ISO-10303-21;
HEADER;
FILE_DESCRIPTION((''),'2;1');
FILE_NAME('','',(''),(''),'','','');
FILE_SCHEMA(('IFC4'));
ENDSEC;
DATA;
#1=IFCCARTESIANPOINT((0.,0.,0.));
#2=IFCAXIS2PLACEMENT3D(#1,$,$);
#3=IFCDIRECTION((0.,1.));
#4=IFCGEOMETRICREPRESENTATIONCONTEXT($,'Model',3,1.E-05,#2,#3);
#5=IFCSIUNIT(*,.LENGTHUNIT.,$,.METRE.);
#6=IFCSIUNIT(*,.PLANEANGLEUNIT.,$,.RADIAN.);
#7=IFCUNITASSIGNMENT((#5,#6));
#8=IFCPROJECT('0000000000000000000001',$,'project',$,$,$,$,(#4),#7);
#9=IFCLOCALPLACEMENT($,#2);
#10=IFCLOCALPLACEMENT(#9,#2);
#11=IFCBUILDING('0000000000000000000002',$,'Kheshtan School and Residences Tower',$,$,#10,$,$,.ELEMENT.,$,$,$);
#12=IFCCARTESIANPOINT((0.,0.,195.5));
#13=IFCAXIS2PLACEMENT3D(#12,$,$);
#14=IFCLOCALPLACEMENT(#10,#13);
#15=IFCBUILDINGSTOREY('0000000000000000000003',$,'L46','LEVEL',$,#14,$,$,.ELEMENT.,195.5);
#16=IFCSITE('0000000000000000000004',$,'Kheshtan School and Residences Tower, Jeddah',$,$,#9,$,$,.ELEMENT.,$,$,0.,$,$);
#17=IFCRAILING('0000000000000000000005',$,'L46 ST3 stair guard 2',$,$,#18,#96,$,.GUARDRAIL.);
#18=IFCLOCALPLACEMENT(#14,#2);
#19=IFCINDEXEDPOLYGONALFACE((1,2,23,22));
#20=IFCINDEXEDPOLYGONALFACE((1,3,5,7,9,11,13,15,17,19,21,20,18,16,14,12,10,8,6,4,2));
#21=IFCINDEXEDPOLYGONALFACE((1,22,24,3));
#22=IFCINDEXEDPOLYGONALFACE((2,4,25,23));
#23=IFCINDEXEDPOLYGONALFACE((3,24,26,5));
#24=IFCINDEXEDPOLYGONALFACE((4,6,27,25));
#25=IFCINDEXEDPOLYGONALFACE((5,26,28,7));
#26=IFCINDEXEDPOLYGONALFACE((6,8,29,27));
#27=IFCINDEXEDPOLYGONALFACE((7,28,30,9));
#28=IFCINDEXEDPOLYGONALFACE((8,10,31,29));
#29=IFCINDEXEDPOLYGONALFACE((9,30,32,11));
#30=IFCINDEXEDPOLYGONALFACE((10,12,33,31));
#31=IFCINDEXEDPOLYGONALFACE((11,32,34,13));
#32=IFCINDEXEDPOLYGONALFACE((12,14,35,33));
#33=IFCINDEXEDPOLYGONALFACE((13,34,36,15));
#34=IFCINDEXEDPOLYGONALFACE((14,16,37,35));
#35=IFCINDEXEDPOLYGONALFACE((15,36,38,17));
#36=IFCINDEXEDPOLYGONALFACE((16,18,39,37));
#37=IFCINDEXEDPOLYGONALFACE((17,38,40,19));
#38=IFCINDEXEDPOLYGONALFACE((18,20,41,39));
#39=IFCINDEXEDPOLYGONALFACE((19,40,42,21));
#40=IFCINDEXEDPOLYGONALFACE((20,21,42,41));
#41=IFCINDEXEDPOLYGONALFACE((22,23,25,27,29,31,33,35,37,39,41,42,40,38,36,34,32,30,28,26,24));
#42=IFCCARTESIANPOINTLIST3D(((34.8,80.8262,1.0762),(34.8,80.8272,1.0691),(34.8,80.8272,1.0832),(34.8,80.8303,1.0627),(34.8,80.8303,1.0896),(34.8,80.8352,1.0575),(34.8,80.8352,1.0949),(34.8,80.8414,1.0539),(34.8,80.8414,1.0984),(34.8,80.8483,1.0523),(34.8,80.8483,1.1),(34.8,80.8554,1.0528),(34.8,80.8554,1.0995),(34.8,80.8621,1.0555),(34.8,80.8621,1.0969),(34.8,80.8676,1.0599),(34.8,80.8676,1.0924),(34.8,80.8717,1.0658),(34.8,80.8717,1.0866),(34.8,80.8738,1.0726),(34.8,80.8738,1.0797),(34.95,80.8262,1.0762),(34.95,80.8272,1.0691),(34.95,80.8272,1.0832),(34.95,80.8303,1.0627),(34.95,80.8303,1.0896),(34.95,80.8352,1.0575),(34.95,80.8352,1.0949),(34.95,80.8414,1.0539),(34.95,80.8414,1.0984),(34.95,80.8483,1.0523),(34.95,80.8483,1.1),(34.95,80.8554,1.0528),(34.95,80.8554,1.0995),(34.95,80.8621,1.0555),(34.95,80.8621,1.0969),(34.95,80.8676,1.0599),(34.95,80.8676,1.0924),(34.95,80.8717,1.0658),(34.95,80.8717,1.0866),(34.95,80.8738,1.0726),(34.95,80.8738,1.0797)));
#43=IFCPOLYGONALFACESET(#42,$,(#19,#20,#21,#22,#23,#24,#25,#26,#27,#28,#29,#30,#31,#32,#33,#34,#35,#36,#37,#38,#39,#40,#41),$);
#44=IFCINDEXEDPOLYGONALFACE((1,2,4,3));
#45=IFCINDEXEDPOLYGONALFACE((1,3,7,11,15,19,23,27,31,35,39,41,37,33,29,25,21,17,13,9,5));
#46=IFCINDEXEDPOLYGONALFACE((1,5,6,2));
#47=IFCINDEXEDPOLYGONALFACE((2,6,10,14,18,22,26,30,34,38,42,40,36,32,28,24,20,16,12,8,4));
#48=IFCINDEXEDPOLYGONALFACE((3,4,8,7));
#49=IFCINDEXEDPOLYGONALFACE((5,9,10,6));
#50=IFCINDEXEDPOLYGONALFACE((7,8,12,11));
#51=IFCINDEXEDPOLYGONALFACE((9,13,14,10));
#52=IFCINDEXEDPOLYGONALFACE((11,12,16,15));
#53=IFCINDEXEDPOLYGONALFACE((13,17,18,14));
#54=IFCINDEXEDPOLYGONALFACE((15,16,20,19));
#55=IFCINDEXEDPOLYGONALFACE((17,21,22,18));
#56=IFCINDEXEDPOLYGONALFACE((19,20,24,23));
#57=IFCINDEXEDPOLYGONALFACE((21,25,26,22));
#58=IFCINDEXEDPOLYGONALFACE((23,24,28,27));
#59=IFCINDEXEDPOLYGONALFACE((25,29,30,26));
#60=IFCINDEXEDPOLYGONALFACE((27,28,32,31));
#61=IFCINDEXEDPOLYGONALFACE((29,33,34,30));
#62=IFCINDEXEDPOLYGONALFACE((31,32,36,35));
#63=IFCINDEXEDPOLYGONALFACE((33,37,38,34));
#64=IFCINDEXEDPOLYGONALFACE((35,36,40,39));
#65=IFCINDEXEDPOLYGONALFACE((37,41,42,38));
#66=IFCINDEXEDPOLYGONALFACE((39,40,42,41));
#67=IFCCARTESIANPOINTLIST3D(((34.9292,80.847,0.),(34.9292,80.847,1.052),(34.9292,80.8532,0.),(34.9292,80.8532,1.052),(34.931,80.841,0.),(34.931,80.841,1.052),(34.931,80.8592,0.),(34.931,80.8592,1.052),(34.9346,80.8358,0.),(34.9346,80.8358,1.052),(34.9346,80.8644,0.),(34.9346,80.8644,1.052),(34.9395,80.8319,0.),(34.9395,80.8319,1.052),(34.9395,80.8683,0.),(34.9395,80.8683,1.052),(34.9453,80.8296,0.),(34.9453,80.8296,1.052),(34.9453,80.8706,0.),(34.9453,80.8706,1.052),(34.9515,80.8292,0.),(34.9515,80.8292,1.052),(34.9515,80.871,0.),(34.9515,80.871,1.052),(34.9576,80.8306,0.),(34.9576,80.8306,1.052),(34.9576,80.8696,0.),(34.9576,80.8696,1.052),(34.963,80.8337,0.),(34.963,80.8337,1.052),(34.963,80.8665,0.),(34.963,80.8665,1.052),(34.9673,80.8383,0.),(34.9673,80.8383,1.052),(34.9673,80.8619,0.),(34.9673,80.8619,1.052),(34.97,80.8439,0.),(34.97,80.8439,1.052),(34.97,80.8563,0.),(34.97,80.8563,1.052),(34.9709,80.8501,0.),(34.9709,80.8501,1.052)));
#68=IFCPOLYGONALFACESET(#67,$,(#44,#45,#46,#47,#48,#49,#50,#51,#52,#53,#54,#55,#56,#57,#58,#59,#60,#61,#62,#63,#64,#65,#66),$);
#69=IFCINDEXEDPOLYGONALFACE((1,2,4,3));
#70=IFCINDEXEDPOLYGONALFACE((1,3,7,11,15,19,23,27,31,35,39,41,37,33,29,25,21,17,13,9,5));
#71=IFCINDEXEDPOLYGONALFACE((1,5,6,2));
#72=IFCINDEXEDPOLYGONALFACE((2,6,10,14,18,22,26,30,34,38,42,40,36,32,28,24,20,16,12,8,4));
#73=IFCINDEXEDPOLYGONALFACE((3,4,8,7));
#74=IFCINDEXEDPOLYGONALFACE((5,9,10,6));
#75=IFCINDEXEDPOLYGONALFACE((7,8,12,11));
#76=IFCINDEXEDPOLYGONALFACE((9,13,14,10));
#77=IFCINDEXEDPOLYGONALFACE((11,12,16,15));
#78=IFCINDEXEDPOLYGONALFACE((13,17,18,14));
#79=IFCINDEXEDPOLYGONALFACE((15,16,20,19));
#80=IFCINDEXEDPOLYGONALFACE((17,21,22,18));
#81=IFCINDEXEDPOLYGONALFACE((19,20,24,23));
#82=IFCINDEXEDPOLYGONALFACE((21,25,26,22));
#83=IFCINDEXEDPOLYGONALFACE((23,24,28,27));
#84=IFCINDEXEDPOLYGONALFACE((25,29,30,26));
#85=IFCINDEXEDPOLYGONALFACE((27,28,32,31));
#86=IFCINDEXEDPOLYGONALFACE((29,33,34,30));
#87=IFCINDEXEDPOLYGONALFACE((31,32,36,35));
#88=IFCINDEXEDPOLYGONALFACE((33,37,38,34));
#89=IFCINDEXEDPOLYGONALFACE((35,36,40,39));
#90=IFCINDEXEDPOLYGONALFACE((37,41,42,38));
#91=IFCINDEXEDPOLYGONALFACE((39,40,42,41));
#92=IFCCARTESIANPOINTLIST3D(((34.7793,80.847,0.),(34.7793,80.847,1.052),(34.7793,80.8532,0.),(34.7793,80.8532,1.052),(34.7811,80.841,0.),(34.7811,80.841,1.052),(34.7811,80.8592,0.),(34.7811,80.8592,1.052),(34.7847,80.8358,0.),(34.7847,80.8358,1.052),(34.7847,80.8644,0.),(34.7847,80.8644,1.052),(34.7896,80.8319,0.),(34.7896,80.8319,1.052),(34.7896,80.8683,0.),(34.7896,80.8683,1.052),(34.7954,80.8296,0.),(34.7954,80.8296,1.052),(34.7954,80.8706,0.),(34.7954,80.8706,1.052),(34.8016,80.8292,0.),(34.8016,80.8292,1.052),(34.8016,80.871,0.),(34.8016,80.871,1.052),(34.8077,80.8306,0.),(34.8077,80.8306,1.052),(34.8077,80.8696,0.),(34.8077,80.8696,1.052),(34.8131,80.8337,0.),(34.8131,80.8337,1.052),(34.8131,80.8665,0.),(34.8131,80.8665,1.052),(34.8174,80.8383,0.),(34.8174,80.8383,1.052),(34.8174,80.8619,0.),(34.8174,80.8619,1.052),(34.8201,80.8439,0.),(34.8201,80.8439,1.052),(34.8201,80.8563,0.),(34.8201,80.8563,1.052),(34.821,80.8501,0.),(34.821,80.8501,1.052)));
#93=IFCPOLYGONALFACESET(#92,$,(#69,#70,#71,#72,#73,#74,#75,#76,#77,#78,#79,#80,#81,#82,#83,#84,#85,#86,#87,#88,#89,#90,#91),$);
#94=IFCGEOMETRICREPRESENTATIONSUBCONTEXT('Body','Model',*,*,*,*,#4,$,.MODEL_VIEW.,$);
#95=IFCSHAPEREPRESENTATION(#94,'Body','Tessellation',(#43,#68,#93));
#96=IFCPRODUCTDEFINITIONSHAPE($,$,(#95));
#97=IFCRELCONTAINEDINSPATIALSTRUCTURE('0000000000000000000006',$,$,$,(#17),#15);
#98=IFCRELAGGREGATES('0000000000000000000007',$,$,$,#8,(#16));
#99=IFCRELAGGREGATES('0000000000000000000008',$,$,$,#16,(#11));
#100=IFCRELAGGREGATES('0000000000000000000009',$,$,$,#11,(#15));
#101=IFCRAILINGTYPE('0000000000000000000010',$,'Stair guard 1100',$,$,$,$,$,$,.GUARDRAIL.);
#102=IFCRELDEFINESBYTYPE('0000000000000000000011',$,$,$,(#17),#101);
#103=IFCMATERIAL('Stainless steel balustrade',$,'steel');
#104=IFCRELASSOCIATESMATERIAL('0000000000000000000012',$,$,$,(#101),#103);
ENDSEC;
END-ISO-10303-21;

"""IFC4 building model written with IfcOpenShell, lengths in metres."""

from ifc_helpers import new_model, si_unit, direction, frame, origin, origin_2d, place, context, subcontext, project, spatial, circle, extrude, material, type_object, element, save


model = new_model("IFC4")

# Units and contexts
model_context = context("Model", 3, precision=1e-05, world=origin(), true_north=direction((0.0, 1.0)))
body_context = subcontext(model_context, "Body", "Model", "MODEL_VIEW")
ifc_project = project(units=[si_unit("LENGTHUNIT", "METRE"), si_unit("PLANEANGLEUNIT", "RADIAN")], contexts=[model_context])

# Site, building, storey
site_placement = place(None, origin())
site = spatial("IfcSite", under=ifc_project, at=site_placement, Name="Kheshtan School and Residences Tower, Jeddah", CompositionType="ELEMENT", RefElevation=0.0)
building_placement = place(site_placement, origin())
building = spatial("IfcBuilding", under=site, at=building_placement, Name="Kheshtan School and Residences Tower", CompositionType="ELEMENT")
storey_placement = place(building_placement, frame((0.0, 0.0, 195.5)))
storey = spatial("IfcBuildingStorey", under=building, at=storey_placement, Name="L46", Description="LEVEL", CompositionType="ELEMENT", Elevation=195.5)

# Railing
ifc_material_1 = material(Name="Stainless steel balustrade", Category="steel")
railing_type = type_object("IfcRailingType", Name="Stair guard 1100", PredefinedType="GUARDRAIL", material=ifc_material_1)
railing_1_placement = place(storey_placement, frame((34.95, 80.8501, 0.0)))
element("IfcRailing", 1, at=railing_1_placement, inside=storey, type_object=railing_type, Name="L46 ST3 stair guard 2", PredefinedType="GUARDRAIL", context=body_context, shape_type="SweptSolid", body=[
    extrude(circle(Radius=0.0239, at=origin_2d()), frame((0.0, 0.0, 1.0762), z_axis=(-1.0, 0.0, 0.0), x_axis=(0.0, -1.0, 0.0)), (0.0, 0.0, 1.0), 0.1499),
    extrude(circle(Radius=0.021, at=origin_2d()), origin(), (0.0, 0.0, 1.0), 1.052),
    extrude(circle(Radius=0.021, at=origin_2d()), frame((-0.1499, 0.0, 0.0)), (0.0, 0.0, 1.0), 1.052),
])

save(model, "model.ifc")
